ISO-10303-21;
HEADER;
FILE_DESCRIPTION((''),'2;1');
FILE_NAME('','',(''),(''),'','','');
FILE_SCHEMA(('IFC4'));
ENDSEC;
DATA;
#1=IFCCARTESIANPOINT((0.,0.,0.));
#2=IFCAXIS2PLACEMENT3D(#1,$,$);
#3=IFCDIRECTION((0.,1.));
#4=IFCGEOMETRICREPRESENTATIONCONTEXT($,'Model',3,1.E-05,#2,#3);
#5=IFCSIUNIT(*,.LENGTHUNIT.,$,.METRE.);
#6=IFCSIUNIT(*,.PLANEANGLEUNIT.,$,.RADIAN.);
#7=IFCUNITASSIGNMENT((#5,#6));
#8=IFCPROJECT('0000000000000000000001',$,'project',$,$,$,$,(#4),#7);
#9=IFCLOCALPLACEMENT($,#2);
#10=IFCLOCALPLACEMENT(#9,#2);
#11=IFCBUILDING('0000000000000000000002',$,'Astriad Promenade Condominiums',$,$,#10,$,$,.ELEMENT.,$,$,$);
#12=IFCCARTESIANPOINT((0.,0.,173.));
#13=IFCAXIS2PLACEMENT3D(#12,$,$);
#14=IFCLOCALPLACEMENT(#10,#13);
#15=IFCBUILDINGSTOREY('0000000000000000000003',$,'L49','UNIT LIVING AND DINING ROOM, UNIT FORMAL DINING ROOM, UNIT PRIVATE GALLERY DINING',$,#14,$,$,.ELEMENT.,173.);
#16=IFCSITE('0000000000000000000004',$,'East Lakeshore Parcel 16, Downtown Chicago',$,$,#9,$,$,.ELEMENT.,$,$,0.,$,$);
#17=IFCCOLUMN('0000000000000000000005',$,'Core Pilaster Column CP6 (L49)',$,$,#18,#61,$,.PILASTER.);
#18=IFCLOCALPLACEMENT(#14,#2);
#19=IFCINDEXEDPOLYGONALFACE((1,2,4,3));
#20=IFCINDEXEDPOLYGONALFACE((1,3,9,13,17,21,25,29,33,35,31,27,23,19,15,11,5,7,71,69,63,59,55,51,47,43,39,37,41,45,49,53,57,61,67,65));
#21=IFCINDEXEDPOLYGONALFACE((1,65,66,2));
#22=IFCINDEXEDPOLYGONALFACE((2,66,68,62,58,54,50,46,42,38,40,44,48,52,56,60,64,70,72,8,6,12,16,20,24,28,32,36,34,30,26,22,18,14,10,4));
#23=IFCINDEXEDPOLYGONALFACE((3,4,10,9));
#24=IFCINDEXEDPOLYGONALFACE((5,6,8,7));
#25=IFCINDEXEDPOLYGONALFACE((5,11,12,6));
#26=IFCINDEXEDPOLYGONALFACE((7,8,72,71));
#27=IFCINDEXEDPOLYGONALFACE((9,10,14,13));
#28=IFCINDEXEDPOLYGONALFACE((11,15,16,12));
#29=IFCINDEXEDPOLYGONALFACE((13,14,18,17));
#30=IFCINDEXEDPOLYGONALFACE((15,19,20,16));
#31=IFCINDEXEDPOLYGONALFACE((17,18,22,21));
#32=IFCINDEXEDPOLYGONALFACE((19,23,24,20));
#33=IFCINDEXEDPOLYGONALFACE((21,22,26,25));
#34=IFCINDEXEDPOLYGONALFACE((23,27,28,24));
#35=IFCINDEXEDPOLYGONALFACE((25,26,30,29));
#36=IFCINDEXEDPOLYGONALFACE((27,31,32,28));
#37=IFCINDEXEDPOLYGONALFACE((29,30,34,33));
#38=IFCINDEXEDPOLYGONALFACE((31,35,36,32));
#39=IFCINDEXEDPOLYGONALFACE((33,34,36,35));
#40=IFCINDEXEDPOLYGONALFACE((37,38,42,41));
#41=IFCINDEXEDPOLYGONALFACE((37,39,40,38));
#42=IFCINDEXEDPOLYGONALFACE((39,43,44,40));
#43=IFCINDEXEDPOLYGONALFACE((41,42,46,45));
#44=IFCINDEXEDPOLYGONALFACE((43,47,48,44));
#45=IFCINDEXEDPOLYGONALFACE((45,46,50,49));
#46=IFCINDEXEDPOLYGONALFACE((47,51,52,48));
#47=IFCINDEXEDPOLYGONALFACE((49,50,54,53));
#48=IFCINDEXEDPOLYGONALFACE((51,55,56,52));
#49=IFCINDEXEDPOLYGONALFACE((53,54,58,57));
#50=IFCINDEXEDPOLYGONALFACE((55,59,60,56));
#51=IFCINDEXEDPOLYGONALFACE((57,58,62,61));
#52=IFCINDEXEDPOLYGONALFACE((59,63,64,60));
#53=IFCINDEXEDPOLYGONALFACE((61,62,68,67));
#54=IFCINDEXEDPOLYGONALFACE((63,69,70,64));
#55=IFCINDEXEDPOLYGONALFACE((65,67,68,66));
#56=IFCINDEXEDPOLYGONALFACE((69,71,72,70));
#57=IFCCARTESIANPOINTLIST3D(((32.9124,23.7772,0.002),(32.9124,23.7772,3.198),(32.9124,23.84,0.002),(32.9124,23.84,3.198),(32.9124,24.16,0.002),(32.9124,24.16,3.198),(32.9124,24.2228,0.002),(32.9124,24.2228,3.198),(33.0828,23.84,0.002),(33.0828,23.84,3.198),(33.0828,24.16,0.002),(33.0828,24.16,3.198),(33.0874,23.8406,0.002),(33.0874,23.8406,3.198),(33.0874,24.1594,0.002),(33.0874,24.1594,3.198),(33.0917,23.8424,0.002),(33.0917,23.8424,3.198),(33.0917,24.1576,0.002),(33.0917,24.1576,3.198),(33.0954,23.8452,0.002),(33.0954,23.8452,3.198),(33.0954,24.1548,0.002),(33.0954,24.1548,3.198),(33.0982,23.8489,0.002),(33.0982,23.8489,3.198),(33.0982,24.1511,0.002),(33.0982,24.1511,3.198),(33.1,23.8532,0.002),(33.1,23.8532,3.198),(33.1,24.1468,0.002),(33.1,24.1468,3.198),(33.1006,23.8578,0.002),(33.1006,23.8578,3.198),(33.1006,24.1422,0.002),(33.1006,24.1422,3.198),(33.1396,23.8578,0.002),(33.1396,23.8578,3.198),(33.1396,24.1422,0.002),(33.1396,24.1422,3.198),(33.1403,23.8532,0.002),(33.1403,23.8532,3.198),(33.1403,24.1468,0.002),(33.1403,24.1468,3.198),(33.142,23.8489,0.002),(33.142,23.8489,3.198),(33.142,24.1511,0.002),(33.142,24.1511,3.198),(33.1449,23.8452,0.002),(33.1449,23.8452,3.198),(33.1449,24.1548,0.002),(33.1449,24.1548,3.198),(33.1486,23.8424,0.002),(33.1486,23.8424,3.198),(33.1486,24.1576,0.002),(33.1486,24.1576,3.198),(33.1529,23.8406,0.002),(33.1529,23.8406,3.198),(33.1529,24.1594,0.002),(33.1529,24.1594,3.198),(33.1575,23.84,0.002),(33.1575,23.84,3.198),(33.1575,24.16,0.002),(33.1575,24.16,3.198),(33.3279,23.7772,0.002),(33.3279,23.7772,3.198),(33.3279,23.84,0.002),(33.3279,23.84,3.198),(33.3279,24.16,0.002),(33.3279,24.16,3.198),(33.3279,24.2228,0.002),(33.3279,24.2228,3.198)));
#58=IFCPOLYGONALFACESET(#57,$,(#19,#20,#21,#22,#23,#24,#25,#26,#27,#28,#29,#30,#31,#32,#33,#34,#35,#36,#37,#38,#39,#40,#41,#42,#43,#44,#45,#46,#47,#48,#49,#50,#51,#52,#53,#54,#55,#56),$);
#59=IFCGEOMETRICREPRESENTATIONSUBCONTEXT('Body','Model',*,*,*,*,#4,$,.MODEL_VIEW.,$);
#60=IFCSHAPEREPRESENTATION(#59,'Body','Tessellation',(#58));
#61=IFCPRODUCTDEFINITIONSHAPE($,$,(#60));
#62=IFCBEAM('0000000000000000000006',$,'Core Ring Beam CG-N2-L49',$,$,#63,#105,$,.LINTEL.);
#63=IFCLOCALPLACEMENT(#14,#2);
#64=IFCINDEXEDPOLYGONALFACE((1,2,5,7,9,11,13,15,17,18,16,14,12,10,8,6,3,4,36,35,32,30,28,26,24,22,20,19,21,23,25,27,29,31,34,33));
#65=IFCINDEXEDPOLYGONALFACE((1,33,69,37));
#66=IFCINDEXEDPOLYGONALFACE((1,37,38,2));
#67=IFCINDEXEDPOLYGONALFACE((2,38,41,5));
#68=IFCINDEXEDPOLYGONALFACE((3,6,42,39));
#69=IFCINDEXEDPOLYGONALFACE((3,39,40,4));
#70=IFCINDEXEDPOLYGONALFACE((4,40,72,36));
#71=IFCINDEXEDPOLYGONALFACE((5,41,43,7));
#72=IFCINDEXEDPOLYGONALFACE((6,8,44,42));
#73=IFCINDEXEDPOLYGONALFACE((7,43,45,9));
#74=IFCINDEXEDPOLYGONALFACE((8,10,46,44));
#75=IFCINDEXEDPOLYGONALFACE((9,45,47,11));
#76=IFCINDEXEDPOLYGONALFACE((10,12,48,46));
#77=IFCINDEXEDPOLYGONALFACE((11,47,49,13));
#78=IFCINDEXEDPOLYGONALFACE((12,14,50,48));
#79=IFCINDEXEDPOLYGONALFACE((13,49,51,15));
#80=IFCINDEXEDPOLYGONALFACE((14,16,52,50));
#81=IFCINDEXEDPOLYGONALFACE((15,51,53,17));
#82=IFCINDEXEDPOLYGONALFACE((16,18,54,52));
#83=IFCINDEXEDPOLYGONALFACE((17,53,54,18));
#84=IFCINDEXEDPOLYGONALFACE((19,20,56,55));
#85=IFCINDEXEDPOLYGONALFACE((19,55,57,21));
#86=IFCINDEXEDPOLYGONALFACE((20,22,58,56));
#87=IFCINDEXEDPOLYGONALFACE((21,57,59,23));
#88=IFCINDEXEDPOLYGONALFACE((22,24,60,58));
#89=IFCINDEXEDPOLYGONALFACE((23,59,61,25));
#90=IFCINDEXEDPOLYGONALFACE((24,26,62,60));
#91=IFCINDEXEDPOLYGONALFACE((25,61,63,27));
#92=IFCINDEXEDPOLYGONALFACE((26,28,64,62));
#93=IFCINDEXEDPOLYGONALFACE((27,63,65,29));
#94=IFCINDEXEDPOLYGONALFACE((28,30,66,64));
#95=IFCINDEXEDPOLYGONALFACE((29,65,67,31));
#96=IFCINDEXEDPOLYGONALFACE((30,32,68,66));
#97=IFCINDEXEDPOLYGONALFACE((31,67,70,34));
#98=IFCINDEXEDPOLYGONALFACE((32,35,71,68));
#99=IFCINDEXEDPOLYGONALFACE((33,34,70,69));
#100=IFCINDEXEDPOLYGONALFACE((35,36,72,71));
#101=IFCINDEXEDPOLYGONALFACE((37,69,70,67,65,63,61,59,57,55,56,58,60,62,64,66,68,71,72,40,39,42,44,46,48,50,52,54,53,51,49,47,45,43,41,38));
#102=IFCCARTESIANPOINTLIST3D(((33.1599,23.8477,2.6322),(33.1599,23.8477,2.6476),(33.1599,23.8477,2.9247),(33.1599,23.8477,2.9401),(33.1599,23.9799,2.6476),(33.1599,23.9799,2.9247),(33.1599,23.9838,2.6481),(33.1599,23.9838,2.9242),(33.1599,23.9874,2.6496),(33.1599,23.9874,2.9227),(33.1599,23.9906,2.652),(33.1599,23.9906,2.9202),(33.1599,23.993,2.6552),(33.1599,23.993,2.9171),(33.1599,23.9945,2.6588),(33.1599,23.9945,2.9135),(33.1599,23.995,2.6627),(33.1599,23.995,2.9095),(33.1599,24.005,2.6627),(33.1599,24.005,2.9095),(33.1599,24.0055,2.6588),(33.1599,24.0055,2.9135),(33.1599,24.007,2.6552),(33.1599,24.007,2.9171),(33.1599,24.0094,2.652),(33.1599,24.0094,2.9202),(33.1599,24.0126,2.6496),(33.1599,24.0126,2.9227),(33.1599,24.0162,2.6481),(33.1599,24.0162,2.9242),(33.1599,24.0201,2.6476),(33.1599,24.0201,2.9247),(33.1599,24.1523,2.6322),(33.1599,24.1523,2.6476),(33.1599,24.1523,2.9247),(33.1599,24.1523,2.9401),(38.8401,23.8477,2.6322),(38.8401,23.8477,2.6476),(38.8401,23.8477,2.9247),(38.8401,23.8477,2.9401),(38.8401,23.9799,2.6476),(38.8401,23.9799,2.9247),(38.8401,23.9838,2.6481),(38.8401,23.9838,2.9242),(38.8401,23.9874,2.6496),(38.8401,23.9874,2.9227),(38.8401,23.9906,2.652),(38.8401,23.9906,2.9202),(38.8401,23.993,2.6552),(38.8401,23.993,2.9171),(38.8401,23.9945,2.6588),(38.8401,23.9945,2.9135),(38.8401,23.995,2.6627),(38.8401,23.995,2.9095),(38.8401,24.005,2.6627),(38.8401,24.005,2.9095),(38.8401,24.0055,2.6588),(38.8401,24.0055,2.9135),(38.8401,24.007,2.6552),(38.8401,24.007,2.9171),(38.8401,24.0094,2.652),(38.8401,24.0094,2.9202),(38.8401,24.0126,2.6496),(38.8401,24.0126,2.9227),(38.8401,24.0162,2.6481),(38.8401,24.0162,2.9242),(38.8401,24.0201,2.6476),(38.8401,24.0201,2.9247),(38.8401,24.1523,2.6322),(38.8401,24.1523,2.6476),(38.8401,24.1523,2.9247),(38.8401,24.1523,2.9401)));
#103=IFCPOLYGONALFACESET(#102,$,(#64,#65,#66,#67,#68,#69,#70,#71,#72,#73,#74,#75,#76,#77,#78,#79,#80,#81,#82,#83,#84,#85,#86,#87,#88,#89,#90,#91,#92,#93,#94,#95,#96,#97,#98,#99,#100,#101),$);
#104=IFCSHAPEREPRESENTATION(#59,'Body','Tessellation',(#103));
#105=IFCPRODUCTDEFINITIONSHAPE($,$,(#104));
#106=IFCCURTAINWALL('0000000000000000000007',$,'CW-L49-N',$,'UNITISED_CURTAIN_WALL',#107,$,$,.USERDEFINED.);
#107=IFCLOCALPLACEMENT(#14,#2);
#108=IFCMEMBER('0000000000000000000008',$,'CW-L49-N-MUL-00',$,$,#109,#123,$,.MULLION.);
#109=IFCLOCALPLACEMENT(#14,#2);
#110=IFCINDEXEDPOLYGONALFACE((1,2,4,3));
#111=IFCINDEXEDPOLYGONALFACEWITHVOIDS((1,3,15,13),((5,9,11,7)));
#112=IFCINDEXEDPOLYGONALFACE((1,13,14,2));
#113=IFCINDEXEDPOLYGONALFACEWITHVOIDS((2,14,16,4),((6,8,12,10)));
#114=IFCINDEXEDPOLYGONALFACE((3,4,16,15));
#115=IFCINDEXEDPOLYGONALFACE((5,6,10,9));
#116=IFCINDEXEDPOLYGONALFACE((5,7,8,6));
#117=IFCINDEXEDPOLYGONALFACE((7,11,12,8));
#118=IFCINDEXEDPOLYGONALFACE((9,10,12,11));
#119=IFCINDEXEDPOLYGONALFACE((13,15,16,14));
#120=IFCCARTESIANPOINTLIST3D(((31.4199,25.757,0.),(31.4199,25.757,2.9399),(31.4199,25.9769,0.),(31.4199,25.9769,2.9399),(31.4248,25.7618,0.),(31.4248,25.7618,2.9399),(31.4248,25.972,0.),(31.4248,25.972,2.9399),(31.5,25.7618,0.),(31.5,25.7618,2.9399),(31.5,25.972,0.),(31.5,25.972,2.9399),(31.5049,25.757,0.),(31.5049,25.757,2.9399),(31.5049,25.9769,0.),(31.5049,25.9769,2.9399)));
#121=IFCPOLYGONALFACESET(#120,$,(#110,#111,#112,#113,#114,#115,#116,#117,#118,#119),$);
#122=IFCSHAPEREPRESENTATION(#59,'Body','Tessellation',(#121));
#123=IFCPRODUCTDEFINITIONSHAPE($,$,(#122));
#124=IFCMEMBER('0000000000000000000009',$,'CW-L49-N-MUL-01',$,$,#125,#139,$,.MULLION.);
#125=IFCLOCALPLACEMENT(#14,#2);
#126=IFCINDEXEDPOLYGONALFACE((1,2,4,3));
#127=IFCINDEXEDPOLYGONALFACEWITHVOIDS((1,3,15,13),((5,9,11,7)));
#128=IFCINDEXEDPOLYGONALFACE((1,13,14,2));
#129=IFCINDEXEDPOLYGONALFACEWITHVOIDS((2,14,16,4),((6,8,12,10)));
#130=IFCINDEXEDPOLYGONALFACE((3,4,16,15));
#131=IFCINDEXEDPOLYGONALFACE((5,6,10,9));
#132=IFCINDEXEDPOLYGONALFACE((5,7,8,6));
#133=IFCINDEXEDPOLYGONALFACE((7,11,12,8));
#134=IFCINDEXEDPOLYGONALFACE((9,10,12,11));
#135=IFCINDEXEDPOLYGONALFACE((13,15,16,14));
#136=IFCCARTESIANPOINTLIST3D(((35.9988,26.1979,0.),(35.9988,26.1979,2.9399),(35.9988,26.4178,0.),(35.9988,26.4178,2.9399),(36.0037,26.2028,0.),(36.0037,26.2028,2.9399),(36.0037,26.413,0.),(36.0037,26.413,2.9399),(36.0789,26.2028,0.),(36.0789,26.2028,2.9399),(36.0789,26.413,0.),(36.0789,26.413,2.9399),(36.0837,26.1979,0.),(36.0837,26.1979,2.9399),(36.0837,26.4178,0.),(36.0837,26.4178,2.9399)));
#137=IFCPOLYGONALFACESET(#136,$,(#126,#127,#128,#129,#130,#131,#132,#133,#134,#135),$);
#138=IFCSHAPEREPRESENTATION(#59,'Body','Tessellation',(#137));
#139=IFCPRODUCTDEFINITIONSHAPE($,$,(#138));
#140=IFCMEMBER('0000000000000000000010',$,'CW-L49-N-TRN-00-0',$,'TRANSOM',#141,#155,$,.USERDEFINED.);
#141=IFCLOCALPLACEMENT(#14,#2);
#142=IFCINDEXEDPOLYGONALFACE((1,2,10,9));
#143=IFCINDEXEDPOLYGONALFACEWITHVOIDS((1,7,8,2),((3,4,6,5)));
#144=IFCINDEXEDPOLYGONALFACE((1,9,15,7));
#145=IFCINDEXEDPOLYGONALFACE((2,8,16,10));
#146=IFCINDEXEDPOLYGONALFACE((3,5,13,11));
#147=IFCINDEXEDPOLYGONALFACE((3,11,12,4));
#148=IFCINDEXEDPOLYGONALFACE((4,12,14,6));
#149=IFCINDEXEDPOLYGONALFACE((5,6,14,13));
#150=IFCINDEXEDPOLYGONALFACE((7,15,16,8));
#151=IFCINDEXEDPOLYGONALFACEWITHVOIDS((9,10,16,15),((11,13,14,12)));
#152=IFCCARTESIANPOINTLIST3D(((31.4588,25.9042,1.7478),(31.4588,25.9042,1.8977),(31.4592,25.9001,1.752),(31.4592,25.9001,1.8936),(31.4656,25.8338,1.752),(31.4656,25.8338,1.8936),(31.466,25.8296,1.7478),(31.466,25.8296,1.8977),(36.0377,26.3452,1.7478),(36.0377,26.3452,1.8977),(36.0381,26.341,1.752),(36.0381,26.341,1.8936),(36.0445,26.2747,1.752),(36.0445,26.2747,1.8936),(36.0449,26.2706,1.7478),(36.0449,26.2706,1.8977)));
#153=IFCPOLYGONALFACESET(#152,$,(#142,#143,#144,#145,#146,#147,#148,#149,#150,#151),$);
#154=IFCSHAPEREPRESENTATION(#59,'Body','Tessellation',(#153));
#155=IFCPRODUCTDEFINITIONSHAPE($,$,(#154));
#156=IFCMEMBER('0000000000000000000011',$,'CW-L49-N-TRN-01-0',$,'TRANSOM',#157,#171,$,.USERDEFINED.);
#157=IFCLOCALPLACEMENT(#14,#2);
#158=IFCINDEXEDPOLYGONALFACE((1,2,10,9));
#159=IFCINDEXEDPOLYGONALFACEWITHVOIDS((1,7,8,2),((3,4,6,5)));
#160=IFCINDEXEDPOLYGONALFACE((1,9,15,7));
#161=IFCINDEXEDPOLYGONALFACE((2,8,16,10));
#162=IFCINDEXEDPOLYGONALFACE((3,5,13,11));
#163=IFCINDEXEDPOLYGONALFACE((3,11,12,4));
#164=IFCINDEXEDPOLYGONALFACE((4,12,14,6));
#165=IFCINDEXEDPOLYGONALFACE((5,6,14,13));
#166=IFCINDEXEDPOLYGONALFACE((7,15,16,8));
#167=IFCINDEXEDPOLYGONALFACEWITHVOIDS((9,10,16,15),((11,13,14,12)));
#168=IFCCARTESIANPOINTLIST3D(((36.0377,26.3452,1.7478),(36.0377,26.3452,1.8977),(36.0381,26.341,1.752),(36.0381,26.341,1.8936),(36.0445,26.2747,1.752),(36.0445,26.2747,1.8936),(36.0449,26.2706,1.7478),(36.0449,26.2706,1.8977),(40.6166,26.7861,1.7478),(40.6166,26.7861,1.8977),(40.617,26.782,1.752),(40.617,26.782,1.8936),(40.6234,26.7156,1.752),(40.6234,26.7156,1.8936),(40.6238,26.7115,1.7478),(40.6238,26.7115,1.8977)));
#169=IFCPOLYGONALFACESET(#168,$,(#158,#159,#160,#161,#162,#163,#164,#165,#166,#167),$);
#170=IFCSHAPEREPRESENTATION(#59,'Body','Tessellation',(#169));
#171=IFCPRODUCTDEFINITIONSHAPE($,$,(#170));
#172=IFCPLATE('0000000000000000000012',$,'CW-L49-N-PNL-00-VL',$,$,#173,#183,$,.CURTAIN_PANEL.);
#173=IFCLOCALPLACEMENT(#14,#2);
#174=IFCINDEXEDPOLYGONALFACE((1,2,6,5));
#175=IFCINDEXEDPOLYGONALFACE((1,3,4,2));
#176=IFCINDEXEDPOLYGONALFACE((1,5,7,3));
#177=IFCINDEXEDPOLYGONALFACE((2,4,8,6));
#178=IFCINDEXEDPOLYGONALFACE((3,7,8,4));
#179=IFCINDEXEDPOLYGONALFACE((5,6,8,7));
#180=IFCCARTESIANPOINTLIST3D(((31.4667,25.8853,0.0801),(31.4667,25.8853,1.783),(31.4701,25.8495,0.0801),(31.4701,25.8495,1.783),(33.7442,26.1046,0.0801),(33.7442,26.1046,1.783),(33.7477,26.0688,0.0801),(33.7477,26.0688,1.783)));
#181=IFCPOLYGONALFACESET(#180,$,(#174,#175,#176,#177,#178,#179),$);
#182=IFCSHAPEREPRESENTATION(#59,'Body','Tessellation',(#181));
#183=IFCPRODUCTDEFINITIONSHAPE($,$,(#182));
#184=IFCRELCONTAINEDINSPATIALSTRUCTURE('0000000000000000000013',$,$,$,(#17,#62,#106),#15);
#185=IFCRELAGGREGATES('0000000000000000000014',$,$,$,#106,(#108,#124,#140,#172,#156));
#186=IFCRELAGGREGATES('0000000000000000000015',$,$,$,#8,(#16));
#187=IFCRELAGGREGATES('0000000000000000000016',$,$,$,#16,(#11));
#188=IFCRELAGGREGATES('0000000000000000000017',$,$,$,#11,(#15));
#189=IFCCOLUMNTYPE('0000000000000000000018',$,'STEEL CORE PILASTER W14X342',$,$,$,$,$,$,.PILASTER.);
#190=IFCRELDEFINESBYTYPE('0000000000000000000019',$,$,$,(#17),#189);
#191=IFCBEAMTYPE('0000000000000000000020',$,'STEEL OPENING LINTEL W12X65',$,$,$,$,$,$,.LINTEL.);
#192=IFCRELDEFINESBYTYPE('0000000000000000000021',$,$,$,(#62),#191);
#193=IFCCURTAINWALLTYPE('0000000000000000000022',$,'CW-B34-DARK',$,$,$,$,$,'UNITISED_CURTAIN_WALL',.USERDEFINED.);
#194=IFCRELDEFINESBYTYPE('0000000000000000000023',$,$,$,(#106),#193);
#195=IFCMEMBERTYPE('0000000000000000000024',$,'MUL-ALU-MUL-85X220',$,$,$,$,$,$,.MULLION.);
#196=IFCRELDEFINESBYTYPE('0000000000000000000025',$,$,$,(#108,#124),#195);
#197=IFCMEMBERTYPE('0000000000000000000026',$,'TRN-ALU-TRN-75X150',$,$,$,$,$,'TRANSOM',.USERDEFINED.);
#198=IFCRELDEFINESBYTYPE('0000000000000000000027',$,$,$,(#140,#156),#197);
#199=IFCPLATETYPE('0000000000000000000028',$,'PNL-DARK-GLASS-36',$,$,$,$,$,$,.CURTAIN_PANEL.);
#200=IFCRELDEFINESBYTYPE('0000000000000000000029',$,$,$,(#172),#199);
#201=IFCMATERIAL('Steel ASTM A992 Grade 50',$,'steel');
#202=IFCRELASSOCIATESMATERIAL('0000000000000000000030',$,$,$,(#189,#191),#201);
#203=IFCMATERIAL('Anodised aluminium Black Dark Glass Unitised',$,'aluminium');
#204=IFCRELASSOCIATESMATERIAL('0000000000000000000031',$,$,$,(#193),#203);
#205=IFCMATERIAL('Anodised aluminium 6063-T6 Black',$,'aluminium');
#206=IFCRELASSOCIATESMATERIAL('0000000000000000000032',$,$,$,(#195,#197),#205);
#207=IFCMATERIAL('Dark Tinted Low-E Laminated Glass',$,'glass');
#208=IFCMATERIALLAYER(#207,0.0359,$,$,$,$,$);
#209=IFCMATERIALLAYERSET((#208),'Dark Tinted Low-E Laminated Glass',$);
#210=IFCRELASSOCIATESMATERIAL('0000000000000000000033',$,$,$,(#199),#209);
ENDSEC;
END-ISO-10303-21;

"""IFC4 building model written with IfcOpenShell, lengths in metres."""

from ifc_helpers import new_model, si_unit, direction, frame, origin, origin_2d, place, context, subcontext, project, spatial, rectangle, hollow_rectangle, i_section, extrude, source, transform, mapped, material, layer, layer_set, material_profile, profile_set, type_object, type_shapes, element, aggregate, save


model = new_model("IFC4")

# Units and contexts
model_context = context("Model", 3, precision=1e-05, world=origin(), true_north=direction((0.0, 1.0)))
body_context = subcontext(model_context, "Body", "Model", "MODEL_VIEW")
ifc_project = project(units=[si_unit("LENGTHUNIT", "METRE"), si_unit("PLANEANGLEUNIT", "RADIAN")], contexts=[model_context])

# Site, building, storey
site_placement = place(None, origin())
site = spatial("IfcSite", under=ifc_project, at=site_placement, Name="East Lakeshore Parcel 16, Downtown Chicago", CompositionType="ELEMENT", RefElevation=0.0)
building_placement = place(site_placement, origin())
building = spatial("IfcBuilding", under=site, at=building_placement, Name="Astriad Promenade Condominiums", CompositionType="ELEMENT")
storey_placement = place(building_placement, frame((0.0, 0.0, 173.0)))
storey = spatial("IfcBuildingStorey", under=building, at=storey_placement, Name="L49", Description="UNIT LIVING AND DINING ROOM, UNIT FORMAL DINING ROOM, UNIT PRIVATE GALLERY DINING", CompositionType="ELEMENT", Elevation=173.0)

# Column
ifc_material_1 = material(Name="Steel ASTM A992 Grade 50", Category="steel")
ifc_material_profile_1 = material_profile(ifc_material_1, i_section(OverallWidth=0.4155, OverallDepth=0.4456, WebThickness=0.0391, FlangeThickness=0.0627, FilletRadius=0.0178, at=origin_2d()), Name="W14X342")
ifc_profile_set_1 = profile_set([ifc_material_profile_1], Name="Steel ASTM A992 Grade 50")
column_type = type_object("IfcColumnType", Name="STEEL CORE PILASTER W14X342", PredefinedType="PILASTER", material=ifc_profile_set_1)
shared_shape_1 = source(origin(), body_context, "Body", "SweptSolid", [
    extrude(i_section(OverallWidth=0.4155, OverallDepth=0.4456, WebThickness=0.0391, FlangeThickness=0.0627, FilletRadius=0.0178, at=origin_2d()), origin(), (0.0, 0.0, 1.0), 3.196),
])
type_shapes(column_type, [shared_shape_1])
column_placement = place(storey_placement, frame((33.1201, 24.0, 0.002), z_axis=(0.0, 0.0, 1.0), x_axis=(1.0, 0.0, 0.0)))
element("IfcColumn", 1, at=column_placement, inside=storey, type_object=column_type, Name="Core Pilaster Column CP6 (L49)", PredefinedType="PILASTER", context=body_context, shape_type="MappedRepresentation", body=[
    mapped(shared_shape_1, transform((0.0, 0.0, 0.0), scale=1.0)),
])

# Beam
ifc_material_profile_2 = material_profile(ifc_material_1, i_section(OverallWidth=0.3047, OverallDepth=0.3079, WebThickness=0.01, FlangeThickness=0.0154, FilletRadius=0.0151, at=origin_2d()), Name="W12X65")
ifc_profile_set_2 = profile_set([ifc_material_profile_2], Name="Steel ASTM A992 Grade 50")
beam_type = type_object("IfcBeamType", Name="STEEL OPENING LINTEL W12X65", PredefinedType="LINTEL", material=ifc_profile_set_2)
shared_shape_2 = source(origin(), body_context, "Body", "SweptSolid", [
    extrude(i_section(OverallWidth=0.3047, OverallDepth=0.3079, WebThickness=0.01, FlangeThickness=0.0154, FilletRadius=0.0151, at=origin_2d()), origin(), (0.0, 0.0, 1.0), 5.6802),
])
type_shapes(beam_type, [shared_shape_2])
beam_placement = place(storey_placement, frame((33.1599, 24.0, 2.7861), z_axis=(1.0, 0.0, 0.0), x_axis=(0.0, 1.0, 0.0)))
element("IfcBeam", 2, at=beam_placement, inside=storey, type_object=beam_type, Name="Core Ring Beam CG-N2-L49", PredefinedType="LINTEL", context=body_context, shape_type="MappedRepresentation", body=[
    mapped(shared_shape_2, transform((0.0, 0.0, 0.0), scale=1.0)),
])

# Curtain wall, members, plate
ifc_material_2 = material(Name="Anodised aluminium Black Dark Glass Unitised", Category="aluminium")
curtain_wall_type = type_object("IfcCurtainWallType", Name="CW-B34-DARK", ElementType="UNITISED_CURTAIN_WALL", PredefinedType="USERDEFINED", material=ifc_material_2)
curtain_wall_placement = place(storey_placement, origin())
curtain_wall = element("IfcCurtainWall", 3, at=curtain_wall_placement, inside=storey, type_object=curtain_wall_type, Name="CW-L49-N", ObjectType="UNITISED_CURTAIN_WALL", PredefinedType="USERDEFINED")
ifc_material_3 = material(Name="Anodised aluminium 6063-T6 Black", Category="aluminium")
ifc_material_profile_3 = material_profile(ifc_material_3, hollow_rectangle(XDim=0.085, YDim=0.22, WallThickness=0.0049, at=origin_2d()), Name="ALU-MUL-85X220")
ifc_profile_set_3 = profile_set([ifc_material_profile_3], Name="Anodised aluminium 6063-T6 Black")
member_type_1 = type_object("IfcMemberType", Name="MUL-ALU-MUL-85X220", PredefinedType="MULLION", material=ifc_profile_set_3)
shared_shape_3 = source(origin(), body_context, "Body", "SweptSolid", [
    extrude(hollow_rectangle(XDim=0.085, YDim=0.22, WallThickness=0.0049, at=origin_2d()), origin(), (0.0, 0.0, 1.0), 2.9399),
])
type_shapes(member_type_1, [shared_shape_3])
member_1_placement = place(storey_placement, frame((31.4624, 25.8669, 0.0), z_axis=(0.0, 0.0, 1.0), x_axis=(1.0, 0.0, 0.0)))
member_1 = element("IfcMember", 4, at=member_1_placement, type_object=member_type_1, Name="CW-L49-N-MUL-00", PredefinedType="MULLION", context=body_context, shape_type="MappedRepresentation", body=[
    mapped(shared_shape_3, transform((0.0, 0.0, 0.0), scale=1.0)),
])
member_2_placement = place(storey_placement, frame((36.0413, 26.3079, 0.0), z_axis=(0.0, 0.0, 1.0), x_axis=(1.0, 0.0, 0.0)))
member_2 = element("IfcMember", 5, at=member_2_placement, type_object=member_type_1, Name="CW-L49-N-MUL-01", PredefinedType="MULLION", context=body_context, shape_type="MappedRepresentation", body=[
    mapped(shared_shape_3, transform((0.0, 0.0, 0.0), scale=1.0)),
])
ifc_material_profile_4 = material_profile(ifc_material_3, hollow_rectangle(XDim=0.075, YDim=0.1499, WallThickness=0.0042, at=origin_2d()), Name="ALU-TRN-75X150")
ifc_profile_set_4 = profile_set([ifc_material_profile_4], Name="Anodised aluminium 6063-T6 Black")
member_type_2 = type_object("IfcMemberType", Name="TRN-ALU-TRN-75X150", ElementType="TRANSOM", PredefinedType="USERDEFINED", material=ifc_profile_set_4)
shared_shape_4 = source(origin(), body_context, "Body", "SweptSolid", [
    extrude(hollow_rectangle(XDim=0.075, YDim=0.1499, WallThickness=0.0042, at=origin_2d()), origin(), (0.0, 0.0, 1.0), 4.6001),
])
type_shapes(member_type_2, [shared_shape_4])
member_3_placement = place(storey_placement, frame((31.4624, 25.8669, 1.8228), z_axis=(0.995396, 0.095851, 0.0), x_axis=(-0.095851, 0.995396, 0.0)))
member_3 = element("IfcMember", 6, at=member_3_placement, type_object=member_type_2, Name="CW-L49-N-TRN-00-0", ObjectType="TRANSOM", PredefinedType="USERDEFINED", context=body_context, shape_type="MappedRepresentation", body=[
    mapped(shared_shape_4, transform((0.0, 0.0, 0.0), scale=1.0)),
])
member_4_placement = place(storey_placement, frame((36.0413, 26.3079, 1.8228), z_axis=(0.995396, 0.095851, 0.0), x_axis=(-0.095851, 0.995396, 0.0)))
member_4 = element("IfcMember", 7, at=member_4_placement, type_object=member_type_2, Name="CW-L49-N-TRN-01-0", ObjectType="TRANSOM", PredefinedType="USERDEFINED", context=body_context, shape_type="MappedRepresentation", body=[
    mapped(shared_shape_4, transform((0.0, 0.0, 0.0), scale=1.0)),
])
ifc_material_4 = material(Name="Dark Tinted Low-E Laminated Glass", Category="glass")
ifc_layer_1 = layer(ifc_material_4, 0.0359)
ifc_layer_set_1 = layer_set([ifc_layer_1], Name="Dark Tinted Low-E Laminated Glass")
plate_type = type_object("IfcPlateType", Name="PNL-DARK-GLASS-36", PredefinedType="CURTAIN_PANEL", material=ifc_layer_set_1)
shared_shape_5 = source(origin(), body_context, "Body", "SweptSolid", [
    extrude(rectangle(XDim=2.2881, YDim=0.0359, at=origin_2d()), origin(), (0.0, 0.0, 1.0), 1.7029),
])
plate_1_placement = place(storey_placement, frame((32.6072, 25.9771, 0.0801), z_axis=(0.0, 0.0, 1.0), x_axis=(0.995396, 0.095846, 0.0)))
plate_1 = element("IfcPlate", 8, at=plate_1_placement, type_object=plate_type, Name="CW-L49-N-PNL-00-VL", PredefinedType="CURTAIN_PANEL", context=body_context, shape_type="MappedRepresentation", body=[
    mapped(shared_shape_5, transform((0.0, 0.0, 0.0), scale=1.0)),
])
aggregate(curtain_wall, [member_1, member_2, member_3, plate_1, member_4])

save(model, "model.ifc")
